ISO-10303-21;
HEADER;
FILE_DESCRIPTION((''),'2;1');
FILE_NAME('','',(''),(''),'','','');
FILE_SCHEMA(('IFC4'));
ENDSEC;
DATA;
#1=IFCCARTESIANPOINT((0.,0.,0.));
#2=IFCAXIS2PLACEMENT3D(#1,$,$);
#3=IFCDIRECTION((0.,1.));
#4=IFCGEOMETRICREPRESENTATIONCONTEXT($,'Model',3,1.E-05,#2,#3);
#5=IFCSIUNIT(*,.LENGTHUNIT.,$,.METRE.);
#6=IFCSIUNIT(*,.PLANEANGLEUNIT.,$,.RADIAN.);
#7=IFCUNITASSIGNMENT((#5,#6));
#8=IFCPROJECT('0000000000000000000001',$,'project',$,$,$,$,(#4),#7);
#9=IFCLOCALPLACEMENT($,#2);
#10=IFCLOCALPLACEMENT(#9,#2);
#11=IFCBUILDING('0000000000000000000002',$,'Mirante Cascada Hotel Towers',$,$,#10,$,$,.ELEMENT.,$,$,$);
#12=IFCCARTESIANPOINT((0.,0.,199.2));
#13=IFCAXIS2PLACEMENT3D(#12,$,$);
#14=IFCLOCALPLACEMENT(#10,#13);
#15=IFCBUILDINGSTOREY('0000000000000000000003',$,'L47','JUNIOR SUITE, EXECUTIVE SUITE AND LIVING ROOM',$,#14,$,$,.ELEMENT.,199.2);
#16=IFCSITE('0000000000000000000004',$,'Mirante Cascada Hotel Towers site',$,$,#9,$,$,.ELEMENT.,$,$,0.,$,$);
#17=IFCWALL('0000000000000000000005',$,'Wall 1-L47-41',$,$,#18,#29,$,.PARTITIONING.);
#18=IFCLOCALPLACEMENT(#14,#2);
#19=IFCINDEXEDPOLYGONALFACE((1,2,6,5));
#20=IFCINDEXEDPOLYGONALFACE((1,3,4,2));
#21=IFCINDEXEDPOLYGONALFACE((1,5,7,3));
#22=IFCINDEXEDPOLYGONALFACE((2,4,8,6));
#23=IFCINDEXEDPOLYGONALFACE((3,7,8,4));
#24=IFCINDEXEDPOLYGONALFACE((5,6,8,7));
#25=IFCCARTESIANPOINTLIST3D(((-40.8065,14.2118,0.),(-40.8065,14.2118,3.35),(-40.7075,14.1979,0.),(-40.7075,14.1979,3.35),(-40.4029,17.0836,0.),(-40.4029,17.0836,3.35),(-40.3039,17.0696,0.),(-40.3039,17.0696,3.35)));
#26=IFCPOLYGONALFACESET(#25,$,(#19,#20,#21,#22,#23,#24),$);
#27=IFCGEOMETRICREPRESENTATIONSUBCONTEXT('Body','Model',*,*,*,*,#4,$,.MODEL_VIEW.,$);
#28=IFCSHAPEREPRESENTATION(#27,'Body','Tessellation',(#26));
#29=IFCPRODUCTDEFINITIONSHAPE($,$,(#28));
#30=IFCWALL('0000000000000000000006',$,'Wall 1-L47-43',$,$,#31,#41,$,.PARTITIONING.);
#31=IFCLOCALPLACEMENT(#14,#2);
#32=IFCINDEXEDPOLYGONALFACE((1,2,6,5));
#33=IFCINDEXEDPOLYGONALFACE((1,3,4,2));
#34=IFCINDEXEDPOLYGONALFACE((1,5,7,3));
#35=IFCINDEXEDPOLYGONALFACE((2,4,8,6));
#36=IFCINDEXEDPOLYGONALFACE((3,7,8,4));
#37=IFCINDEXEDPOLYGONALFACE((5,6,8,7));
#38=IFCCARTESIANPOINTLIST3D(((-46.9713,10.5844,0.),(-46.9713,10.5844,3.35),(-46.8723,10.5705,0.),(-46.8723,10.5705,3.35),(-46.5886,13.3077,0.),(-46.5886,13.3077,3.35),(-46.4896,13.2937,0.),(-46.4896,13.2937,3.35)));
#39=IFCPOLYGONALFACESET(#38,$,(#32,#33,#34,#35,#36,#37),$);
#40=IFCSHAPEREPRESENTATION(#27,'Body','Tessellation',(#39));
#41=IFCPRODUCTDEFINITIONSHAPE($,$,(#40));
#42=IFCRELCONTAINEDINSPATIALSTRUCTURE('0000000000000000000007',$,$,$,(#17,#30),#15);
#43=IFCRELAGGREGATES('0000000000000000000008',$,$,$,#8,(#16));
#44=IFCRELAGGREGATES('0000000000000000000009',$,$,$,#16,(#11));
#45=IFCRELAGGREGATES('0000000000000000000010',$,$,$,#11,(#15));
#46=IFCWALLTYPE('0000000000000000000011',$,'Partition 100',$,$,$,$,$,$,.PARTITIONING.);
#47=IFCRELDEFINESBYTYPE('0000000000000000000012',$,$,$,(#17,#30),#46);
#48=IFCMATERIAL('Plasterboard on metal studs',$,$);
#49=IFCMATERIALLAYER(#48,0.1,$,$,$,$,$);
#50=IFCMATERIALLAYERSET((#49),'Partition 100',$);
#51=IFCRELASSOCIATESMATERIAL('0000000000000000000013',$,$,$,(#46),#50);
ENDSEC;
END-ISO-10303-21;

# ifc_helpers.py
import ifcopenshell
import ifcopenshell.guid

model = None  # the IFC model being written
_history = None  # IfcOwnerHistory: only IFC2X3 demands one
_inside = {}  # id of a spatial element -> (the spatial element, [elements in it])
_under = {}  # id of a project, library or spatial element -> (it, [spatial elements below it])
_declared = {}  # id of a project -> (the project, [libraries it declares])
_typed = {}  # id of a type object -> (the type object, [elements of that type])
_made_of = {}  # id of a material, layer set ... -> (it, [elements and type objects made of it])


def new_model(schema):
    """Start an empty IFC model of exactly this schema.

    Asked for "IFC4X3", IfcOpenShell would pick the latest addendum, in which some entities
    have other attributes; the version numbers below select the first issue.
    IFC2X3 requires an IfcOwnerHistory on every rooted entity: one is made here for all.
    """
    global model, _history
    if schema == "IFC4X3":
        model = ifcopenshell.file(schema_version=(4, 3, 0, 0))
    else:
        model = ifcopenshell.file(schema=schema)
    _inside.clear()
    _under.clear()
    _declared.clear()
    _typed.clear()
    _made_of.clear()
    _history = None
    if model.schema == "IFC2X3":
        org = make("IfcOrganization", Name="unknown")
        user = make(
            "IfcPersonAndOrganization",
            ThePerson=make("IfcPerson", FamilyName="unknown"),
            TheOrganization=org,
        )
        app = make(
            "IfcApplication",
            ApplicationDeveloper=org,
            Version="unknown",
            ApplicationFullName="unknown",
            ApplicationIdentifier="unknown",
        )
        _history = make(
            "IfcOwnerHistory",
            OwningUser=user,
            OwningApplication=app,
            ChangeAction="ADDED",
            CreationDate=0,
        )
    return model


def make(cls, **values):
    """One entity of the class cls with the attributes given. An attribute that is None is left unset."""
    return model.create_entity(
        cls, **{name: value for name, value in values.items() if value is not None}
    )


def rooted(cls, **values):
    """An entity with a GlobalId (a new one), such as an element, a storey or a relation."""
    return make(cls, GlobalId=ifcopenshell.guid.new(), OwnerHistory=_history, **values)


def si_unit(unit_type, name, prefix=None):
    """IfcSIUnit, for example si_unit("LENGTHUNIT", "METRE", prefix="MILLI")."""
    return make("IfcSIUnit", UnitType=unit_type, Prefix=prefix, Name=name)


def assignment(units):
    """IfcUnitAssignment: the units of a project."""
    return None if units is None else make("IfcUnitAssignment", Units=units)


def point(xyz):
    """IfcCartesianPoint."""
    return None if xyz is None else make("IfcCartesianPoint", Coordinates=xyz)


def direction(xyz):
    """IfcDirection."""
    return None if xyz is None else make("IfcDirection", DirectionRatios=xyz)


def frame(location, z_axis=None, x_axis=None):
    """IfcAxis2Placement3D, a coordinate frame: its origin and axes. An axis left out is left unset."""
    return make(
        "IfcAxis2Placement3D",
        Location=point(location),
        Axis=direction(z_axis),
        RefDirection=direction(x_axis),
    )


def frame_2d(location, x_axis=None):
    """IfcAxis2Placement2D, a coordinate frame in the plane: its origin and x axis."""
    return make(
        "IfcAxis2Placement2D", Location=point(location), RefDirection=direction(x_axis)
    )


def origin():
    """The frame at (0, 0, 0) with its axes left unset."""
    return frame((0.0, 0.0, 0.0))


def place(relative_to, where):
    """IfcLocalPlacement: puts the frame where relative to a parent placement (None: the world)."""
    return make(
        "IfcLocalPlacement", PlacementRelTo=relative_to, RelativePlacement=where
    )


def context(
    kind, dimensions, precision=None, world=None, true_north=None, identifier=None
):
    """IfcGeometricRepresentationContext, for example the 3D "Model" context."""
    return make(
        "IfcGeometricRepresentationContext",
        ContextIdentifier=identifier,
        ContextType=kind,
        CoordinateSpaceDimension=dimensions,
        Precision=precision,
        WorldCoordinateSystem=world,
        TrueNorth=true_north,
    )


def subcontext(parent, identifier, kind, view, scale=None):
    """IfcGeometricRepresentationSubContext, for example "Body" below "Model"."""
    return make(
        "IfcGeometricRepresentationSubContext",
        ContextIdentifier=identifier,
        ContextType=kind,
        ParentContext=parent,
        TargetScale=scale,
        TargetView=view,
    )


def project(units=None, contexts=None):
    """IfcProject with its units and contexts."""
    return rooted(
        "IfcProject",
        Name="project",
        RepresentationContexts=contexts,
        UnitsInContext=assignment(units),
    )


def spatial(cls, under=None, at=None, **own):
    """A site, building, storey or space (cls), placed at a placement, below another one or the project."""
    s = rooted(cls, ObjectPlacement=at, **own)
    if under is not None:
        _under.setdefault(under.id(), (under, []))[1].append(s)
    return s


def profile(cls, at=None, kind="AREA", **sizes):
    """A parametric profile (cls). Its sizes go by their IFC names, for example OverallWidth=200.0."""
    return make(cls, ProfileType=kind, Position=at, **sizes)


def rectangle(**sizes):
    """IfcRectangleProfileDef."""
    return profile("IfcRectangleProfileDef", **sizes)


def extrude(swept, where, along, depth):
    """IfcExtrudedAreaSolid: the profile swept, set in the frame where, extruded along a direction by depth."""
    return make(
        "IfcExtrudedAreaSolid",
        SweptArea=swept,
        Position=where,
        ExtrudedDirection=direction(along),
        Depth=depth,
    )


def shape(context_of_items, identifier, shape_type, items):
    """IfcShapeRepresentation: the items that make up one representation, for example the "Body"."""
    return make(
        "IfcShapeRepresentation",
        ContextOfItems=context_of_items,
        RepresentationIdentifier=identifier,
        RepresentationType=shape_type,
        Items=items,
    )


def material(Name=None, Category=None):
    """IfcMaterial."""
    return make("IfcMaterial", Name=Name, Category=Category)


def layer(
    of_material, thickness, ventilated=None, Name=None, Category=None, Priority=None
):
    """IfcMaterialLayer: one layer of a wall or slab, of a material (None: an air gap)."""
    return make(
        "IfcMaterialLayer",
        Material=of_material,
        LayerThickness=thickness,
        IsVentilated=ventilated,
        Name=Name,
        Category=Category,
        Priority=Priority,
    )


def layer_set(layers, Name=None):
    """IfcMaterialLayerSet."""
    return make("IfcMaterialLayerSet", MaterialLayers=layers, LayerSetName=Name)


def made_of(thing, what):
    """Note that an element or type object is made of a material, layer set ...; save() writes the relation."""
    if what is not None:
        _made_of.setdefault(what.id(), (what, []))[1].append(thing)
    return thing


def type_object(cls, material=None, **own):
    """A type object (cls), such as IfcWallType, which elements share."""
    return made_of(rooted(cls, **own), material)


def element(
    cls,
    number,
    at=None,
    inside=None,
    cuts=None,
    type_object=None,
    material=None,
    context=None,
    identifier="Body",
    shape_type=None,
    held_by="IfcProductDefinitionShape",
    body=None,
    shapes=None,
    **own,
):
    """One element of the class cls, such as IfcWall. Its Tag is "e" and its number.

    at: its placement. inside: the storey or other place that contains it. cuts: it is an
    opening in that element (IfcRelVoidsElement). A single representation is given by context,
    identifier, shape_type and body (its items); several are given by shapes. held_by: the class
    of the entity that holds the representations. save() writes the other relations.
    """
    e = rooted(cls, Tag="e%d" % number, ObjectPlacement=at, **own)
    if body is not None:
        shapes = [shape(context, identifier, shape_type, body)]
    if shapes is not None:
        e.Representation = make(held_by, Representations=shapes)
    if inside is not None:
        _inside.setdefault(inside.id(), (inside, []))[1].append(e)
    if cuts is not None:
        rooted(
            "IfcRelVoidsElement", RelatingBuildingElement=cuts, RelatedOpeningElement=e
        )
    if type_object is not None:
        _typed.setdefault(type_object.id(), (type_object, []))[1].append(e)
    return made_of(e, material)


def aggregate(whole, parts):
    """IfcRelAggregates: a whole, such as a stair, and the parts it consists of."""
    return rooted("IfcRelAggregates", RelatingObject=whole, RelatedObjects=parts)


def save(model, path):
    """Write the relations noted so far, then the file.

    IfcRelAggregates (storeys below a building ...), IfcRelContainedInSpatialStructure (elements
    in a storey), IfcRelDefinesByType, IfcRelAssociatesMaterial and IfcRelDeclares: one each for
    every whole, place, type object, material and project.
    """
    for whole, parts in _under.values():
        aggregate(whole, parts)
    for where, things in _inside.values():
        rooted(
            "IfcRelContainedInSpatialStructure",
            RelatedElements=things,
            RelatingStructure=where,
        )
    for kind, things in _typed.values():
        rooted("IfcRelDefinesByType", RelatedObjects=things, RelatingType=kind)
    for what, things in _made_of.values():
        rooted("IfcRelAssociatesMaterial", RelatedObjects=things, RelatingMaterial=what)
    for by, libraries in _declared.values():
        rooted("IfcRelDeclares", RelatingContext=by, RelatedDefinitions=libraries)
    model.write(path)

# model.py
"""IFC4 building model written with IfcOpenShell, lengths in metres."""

from ifc_helpers import new_model, si_unit, direction, frame, frame_2d, origin, place, context, subcontext, project, spatial, rectangle, extrude, material, layer, layer_set, type_object, element, save


model = new_model("IFC4")

# Units and contexts
model_context = context("Model", 3, precision=1e-05, world=origin(), true_north=direction((0.0, 1.0)))
body_context = subcontext(model_context, "Body", "Model", "MODEL_VIEW")
ifc_project = project(units=[si_unit("LENGTHUNIT", "METRE"), si_unit("PLANEANGLEUNIT", "RADIAN")], contexts=[model_context])

# Site, building, storey
site_placement = place(None, origin())
site = spatial("IfcSite", under=ifc_project, at=site_placement, Name="Mirante Cascada Hotel Towers site", CompositionType="ELEMENT", RefElevation=0.0)
building_placement = place(site_placement, origin())
building = spatial("IfcBuilding", under=site, at=building_placement, Name="Mirante Cascada Hotel Towers", CompositionType="ELEMENT")
storey_placement = place(building_placement, frame((0.0, 0.0, 199.2)))
storey = spatial("IfcBuildingStorey", under=building, at=storey_placement, Name="L47", Description="JUNIOR SUITE, EXECUTIVE SUITE AND LIVING ROOM", CompositionType="ELEMENT", Elevation=199.2)

# Shared definitions
ifc_material_1 = material(Name="Plasterboard on metal studs")
ifc_layer_1 = layer(ifc_material_1, 0.1)
ifc_layer_set_1 = layer_set([ifc_layer_1], Name="Partition 100")
wall_type_1 = type_object("IfcWallType", Name="Partition 100", PredefinedType="PARTITIONING", material=ifc_layer_set_1)

# Walls
wall_1_placement = place(storey_placement, frame((-40.3534, 17.0766, 0.0), z_axis=(0.0, 0.0, 1.0), x_axis=(-0.139171, -0.990268, 0.0)))
element("IfcWall", 1, at=wall_1_placement, inside=storey, type_object=wall_type_1, Name="Wall 1-L47-41", PredefinedType="PARTITIONING", context=body_context, shape_type="SweptSolid", body=[
    extrude(rectangle(XDim=2.9, YDim=0.1, at=frame_2d((1.45, 0.0))), origin(), (0.0, 0.0, 1.0), 3.35),
])
wall_2_placement = place(storey_placement, frame((-46.5391, 13.3007, 0.0), z_axis=(0.0, 0.0, 1.0), x_axis=(-0.139166, -0.990269, 0.0)))
element("IfcWall", 2, at=wall_2_placement, inside=storey, type_object=wall_type_1, Name="Wall 1-L47-43", PredefinedType="PARTITIONING", context=body_context, shape_type="SweptSolid", body=[
    extrude(rectangle(XDim=2.75, YDim=0.1, at=frame_2d((1.375, 0.0))), origin(), (0.0, 0.0, 1.0), 3.35),
])

save(model, "model.ifc")
